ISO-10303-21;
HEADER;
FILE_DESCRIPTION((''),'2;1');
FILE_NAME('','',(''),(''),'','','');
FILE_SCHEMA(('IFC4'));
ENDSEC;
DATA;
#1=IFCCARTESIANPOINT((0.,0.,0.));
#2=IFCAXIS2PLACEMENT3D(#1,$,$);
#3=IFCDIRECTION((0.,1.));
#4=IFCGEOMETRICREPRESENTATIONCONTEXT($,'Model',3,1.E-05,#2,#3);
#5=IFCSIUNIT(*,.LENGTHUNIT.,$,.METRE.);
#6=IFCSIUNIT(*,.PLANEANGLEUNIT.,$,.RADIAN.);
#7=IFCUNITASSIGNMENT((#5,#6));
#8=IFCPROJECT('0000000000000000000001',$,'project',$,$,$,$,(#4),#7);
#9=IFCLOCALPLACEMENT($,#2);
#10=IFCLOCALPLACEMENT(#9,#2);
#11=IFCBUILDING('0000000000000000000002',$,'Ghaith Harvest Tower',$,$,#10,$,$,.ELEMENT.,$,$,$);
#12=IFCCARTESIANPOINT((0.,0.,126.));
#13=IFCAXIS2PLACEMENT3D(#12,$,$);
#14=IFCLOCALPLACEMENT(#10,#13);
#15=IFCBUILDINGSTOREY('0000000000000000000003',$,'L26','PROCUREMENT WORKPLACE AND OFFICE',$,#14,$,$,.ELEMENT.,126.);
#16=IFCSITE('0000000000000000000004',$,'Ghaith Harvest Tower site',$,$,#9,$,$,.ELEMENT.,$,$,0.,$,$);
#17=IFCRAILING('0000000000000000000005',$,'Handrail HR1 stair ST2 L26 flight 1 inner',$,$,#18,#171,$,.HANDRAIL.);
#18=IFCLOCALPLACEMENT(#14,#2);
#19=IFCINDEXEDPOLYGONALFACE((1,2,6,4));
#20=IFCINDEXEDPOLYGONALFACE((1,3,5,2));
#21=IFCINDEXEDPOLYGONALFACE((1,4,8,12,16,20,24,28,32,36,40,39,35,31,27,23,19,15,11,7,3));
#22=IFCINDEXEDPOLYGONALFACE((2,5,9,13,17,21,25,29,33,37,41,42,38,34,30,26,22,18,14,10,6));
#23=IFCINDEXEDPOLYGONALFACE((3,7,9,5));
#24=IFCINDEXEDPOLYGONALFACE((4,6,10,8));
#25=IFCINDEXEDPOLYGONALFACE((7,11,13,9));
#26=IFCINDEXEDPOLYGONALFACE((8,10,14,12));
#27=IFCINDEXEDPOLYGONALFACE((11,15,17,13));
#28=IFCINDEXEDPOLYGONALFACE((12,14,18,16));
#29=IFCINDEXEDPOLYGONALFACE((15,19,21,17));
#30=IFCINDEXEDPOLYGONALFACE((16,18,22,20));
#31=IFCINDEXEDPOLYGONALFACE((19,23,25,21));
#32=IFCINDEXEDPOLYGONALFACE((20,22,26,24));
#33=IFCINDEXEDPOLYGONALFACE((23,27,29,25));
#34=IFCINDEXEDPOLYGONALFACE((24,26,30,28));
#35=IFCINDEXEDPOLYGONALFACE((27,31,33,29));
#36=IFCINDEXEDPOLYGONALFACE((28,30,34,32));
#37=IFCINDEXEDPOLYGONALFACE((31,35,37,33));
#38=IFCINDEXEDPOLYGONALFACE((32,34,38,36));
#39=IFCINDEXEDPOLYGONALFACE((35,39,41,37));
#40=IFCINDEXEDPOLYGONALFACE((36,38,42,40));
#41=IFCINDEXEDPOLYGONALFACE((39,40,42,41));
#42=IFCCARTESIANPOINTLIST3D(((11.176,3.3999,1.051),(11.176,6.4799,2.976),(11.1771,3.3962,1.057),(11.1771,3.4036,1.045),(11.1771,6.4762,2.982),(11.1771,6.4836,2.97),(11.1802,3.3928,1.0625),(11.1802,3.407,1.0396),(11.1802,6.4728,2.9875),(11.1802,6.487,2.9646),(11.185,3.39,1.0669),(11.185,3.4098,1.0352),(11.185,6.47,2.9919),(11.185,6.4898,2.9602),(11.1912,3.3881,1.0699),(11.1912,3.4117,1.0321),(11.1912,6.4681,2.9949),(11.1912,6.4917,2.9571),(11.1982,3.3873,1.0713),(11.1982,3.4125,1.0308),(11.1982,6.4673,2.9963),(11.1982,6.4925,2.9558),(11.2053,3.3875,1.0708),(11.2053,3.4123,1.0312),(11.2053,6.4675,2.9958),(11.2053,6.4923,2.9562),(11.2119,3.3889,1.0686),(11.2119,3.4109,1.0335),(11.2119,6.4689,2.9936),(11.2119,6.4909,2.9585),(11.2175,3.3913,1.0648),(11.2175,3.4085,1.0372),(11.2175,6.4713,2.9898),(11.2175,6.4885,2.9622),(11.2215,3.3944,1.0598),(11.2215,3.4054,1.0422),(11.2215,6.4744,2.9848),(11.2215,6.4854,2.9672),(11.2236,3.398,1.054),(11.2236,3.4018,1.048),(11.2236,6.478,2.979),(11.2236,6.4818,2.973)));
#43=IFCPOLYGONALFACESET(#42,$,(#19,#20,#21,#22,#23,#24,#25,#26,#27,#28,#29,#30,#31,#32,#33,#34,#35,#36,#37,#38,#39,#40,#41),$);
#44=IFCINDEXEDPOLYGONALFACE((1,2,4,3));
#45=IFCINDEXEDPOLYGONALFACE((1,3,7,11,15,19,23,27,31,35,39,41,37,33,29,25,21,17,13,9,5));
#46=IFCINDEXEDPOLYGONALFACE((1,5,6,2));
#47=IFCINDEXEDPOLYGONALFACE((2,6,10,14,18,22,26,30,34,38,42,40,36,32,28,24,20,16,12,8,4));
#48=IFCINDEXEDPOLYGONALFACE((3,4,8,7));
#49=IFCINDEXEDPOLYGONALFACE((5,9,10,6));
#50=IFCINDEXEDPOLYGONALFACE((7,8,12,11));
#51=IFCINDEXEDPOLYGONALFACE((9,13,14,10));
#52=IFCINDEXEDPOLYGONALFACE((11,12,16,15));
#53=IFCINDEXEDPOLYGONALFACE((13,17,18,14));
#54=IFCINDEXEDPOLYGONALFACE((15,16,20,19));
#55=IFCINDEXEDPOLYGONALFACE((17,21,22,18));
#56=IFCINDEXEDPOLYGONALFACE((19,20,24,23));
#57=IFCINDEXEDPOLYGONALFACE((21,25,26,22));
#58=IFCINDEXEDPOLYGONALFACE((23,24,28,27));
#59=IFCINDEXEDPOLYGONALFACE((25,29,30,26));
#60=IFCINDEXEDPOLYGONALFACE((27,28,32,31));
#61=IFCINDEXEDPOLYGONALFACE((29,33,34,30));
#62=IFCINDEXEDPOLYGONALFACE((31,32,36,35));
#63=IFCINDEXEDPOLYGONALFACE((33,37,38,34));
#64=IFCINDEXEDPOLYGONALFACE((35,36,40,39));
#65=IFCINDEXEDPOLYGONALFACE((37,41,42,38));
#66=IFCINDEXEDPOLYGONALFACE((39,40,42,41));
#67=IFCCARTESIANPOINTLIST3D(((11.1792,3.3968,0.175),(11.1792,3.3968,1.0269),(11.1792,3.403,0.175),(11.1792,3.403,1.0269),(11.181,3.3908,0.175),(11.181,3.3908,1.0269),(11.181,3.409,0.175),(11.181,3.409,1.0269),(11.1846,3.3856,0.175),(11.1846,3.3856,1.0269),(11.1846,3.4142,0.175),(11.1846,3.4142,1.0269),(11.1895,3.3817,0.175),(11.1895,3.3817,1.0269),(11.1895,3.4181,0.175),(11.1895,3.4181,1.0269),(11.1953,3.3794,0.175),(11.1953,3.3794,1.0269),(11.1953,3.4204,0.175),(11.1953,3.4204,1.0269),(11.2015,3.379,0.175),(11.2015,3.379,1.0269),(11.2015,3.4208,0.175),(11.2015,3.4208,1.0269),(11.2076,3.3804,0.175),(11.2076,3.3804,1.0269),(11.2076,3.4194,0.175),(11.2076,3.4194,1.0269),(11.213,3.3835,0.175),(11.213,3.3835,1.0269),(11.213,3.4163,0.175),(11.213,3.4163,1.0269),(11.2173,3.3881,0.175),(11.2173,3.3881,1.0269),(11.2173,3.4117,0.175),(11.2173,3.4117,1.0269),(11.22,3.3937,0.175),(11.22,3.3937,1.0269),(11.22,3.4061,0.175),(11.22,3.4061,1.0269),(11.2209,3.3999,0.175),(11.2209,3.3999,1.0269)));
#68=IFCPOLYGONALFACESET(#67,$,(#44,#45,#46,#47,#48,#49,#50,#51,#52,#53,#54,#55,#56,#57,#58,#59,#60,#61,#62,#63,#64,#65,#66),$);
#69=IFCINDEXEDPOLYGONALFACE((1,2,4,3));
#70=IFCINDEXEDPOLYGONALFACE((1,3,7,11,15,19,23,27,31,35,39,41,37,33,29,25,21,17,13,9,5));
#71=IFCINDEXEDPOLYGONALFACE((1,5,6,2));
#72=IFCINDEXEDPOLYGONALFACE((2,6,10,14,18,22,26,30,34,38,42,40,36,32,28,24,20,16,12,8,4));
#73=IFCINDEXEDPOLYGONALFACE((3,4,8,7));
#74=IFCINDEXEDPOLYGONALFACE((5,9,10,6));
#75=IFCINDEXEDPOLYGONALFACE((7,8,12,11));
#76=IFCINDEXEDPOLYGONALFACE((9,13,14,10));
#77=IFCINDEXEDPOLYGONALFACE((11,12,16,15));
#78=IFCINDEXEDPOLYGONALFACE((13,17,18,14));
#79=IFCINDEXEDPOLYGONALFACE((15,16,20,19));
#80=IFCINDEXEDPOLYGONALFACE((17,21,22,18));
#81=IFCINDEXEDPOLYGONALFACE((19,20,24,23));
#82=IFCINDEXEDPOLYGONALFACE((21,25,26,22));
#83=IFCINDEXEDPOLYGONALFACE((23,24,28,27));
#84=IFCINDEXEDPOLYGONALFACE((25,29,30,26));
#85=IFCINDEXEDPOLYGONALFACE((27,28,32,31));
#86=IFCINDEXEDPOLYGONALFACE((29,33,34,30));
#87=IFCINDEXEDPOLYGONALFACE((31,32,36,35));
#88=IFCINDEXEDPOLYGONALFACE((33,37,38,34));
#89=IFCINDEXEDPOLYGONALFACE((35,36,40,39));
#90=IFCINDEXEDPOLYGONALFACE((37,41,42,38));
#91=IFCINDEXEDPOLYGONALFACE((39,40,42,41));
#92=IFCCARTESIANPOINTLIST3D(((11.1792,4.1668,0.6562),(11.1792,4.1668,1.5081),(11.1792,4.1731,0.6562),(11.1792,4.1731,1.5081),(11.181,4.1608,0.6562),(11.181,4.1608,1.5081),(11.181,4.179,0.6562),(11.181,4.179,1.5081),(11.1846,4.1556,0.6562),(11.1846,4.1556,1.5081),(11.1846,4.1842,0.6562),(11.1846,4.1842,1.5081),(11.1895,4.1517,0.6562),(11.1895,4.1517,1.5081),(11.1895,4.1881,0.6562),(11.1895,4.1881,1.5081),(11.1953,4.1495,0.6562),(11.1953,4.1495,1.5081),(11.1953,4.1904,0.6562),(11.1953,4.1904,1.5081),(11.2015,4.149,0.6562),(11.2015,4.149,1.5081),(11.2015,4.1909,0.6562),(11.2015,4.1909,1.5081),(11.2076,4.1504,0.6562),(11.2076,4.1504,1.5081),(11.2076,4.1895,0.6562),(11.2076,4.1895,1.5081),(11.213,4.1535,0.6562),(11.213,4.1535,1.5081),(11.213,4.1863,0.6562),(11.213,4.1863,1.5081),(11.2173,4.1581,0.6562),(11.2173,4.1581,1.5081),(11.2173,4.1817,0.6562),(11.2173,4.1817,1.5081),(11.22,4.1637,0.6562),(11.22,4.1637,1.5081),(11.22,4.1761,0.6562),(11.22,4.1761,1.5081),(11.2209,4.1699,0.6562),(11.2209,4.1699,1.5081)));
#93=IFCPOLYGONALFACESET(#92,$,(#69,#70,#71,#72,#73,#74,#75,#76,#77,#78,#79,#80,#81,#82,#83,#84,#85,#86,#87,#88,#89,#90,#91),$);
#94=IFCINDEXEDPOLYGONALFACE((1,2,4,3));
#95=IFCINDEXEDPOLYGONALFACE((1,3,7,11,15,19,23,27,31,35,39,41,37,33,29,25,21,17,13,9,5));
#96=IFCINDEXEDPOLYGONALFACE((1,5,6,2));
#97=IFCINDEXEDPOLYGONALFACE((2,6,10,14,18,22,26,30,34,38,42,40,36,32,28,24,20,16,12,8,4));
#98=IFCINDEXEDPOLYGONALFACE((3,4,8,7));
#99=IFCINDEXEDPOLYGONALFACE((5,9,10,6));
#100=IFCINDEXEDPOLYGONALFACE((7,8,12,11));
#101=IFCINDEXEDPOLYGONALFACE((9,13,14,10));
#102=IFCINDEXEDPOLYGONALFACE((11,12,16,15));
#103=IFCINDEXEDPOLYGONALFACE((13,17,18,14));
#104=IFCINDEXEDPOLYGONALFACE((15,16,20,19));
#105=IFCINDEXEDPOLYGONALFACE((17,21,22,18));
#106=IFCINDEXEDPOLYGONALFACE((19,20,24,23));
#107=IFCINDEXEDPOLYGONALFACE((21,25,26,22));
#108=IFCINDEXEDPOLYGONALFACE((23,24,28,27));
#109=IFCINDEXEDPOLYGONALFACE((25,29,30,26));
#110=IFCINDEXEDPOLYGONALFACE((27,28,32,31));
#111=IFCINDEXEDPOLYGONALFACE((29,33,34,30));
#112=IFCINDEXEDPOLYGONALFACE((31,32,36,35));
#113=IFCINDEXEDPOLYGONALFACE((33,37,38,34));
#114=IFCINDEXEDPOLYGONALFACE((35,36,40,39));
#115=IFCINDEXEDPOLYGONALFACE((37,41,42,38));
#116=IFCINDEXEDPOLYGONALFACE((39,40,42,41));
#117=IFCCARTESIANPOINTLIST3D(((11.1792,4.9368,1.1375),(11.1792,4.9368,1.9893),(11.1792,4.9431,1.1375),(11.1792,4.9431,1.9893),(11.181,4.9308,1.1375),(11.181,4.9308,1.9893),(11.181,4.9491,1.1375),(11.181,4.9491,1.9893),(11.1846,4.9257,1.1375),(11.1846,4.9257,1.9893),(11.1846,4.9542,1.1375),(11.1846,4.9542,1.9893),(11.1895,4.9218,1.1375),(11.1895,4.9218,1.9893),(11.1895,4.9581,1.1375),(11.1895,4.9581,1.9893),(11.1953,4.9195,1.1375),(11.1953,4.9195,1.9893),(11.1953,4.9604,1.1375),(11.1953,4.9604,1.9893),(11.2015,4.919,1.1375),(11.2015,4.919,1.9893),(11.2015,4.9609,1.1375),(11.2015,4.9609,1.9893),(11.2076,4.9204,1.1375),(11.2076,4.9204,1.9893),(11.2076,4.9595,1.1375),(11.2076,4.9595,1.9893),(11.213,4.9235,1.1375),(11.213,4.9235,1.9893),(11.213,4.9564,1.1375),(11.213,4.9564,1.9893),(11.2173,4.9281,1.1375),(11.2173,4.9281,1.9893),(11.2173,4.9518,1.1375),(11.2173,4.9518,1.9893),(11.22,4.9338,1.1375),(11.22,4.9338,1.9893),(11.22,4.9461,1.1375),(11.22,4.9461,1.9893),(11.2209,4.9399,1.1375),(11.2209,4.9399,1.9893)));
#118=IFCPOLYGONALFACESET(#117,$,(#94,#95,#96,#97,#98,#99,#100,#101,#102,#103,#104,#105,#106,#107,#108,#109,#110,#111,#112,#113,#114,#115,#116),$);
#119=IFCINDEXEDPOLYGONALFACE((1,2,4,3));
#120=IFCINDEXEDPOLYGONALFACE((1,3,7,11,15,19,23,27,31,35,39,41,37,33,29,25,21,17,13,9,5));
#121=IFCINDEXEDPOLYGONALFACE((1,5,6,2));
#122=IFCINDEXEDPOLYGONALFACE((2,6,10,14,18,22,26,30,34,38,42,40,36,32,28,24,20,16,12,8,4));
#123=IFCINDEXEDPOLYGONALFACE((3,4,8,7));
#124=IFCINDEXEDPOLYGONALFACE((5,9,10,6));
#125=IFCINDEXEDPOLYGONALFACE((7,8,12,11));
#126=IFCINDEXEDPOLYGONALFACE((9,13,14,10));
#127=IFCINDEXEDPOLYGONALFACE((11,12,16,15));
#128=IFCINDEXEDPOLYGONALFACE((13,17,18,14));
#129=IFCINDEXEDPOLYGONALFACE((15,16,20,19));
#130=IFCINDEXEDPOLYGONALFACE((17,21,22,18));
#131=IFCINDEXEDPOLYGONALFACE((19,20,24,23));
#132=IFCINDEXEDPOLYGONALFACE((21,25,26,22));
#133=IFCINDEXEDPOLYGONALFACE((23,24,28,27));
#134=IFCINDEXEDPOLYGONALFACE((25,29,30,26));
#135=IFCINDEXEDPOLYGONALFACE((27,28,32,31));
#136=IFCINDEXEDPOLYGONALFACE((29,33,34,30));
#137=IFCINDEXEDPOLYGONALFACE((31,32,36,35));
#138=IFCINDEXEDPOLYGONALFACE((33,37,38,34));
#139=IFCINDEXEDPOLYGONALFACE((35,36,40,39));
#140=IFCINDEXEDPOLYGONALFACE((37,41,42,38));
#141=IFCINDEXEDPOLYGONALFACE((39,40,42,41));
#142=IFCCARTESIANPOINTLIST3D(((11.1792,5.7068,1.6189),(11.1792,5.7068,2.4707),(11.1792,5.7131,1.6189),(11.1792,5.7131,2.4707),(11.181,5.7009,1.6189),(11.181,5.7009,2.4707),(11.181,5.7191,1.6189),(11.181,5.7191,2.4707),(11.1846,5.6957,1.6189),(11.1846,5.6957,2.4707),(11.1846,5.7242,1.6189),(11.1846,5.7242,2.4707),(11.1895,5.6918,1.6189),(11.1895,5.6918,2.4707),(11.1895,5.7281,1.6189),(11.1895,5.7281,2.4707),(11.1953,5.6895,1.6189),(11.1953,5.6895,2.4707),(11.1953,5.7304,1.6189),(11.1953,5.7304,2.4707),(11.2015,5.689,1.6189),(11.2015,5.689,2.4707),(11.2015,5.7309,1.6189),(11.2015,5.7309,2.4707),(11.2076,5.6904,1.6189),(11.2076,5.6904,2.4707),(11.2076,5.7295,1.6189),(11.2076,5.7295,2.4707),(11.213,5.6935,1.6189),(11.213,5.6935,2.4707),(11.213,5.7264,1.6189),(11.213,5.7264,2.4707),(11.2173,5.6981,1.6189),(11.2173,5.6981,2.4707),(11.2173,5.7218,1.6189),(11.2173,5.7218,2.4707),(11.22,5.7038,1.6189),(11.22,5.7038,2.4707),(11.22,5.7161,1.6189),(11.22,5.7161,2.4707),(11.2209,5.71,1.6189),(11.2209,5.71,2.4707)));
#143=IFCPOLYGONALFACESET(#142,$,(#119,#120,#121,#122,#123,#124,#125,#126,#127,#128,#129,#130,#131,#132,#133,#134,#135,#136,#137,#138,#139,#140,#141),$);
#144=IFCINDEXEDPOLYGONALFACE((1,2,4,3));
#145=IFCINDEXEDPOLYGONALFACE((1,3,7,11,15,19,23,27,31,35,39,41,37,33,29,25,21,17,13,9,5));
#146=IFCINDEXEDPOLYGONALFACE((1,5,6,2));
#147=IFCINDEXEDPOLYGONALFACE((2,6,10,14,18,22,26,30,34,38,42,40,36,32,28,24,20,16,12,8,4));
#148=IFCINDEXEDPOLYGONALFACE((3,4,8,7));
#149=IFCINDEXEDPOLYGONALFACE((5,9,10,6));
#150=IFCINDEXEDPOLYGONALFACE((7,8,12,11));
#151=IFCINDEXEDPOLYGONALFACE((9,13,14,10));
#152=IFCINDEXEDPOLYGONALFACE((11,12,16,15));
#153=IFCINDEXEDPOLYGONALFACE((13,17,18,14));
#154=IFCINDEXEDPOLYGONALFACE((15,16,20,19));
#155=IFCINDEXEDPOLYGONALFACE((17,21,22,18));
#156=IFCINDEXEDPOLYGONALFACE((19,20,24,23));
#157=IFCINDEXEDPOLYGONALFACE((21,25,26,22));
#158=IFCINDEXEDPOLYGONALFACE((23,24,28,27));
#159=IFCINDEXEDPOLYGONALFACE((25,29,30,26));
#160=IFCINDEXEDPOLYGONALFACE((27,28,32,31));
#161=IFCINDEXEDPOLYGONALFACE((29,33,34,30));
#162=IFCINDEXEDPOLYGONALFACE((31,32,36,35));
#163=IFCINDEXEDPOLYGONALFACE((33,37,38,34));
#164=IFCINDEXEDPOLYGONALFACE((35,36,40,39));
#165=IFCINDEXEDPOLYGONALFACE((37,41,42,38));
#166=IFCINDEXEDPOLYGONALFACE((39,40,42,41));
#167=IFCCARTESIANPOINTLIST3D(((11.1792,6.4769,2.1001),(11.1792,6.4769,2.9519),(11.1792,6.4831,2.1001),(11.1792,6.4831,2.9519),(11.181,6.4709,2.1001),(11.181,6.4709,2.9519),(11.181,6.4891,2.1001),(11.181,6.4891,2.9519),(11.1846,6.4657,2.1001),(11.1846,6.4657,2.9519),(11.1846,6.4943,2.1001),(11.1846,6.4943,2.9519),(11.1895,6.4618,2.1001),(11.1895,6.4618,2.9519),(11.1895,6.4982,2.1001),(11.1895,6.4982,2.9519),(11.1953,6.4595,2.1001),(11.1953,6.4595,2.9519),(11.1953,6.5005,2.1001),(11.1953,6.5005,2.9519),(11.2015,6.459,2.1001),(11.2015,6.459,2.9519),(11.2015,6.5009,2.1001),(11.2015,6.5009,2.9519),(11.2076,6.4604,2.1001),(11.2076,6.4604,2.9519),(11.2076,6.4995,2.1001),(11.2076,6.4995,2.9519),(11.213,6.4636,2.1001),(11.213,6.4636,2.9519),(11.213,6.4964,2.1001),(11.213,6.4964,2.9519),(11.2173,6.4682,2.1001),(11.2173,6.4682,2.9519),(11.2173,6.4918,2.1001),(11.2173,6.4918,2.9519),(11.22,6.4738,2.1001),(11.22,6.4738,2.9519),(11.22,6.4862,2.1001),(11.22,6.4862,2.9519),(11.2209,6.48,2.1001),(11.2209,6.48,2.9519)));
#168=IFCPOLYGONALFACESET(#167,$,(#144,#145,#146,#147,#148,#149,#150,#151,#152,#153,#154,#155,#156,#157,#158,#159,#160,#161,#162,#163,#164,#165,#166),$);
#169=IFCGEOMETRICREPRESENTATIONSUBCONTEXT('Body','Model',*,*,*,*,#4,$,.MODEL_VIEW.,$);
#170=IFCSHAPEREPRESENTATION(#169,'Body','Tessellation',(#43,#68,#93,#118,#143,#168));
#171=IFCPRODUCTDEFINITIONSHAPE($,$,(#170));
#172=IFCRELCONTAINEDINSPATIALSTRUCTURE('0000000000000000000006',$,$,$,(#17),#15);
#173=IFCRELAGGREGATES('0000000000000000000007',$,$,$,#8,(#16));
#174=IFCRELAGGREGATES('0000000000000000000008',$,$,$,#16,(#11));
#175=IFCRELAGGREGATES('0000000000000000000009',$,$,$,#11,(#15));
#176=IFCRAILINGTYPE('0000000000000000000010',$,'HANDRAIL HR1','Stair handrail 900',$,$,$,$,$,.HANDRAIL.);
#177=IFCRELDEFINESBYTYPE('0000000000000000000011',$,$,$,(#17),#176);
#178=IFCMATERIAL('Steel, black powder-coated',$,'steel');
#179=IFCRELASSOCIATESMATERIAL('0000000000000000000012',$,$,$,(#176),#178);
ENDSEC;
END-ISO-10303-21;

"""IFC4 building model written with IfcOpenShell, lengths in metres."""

from ifc_helpers import new_model, si_unit, direction, frame, origin, origin_2d, place, context, subcontext, project, spatial, circle, extrude, material, type_object, element, save


model = new_model("IFC4")

# Units and contexts
model_context = context("Model", 3, precision=1e-05, world=origin(), true_north=direction((0.0, 1.0)))
body_context = subcontext(model_context, "Body", "Model", "MODEL_VIEW")
ifc_project = project(units=[si_unit("LENGTHUNIT", "METRE"), si_unit("PLANEANGLEUNIT", "RADIAN")], contexts=[model_context])

# Site, building, storey
site_placement = place(None, origin())
site = spatial("IfcSite", under=ifc_project, at=site_placement, Name="Ghaith Harvest Tower site", CompositionType="ELEMENT", RefElevation=0.0)
building_placement = place(site_placement, origin())
building = spatial("IfcBuilding", under=site, at=building_placement, Name="Ghaith Harvest Tower", CompositionType="ELEMENT")
storey_placement = place(building_placement, frame((0.0, 0.0, 126.0)))
storey = spatial("IfcBuildingStorey", under=building, at=storey_placement, Name="L26", Description="PROCUREMENT WORKPLACE AND OFFICE", CompositionType="ELEMENT", Elevation=126.0)

# Railing
ifc_material_1 = material(Name="Steel, black powder-coated", Category="steel")
railing_type = type_object("IfcRailingType", Name="HANDRAIL HR1", Description="Stair handrail 900", PredefinedType="HANDRAIL", material=ifc_material_1)
railing_1_placement = place(storey_placement, frame((11.2, 3.3999, 0.175)))
element("IfcRailing", 1, at=railing_1_placement, inside=storey, type_object=railing_type, Name="Handrail HR1 stair ST2 L26 flight 1 inner", PredefinedType="HANDRAIL", context=body_context, shape_type="SweptSolid", body=[
    extrude(circle(Radius=0.0239, at=origin_2d()), frame((0.0, 0.0, 0.876), z_axis=(0.0, 0.847998, 0.529999), x_axis=(-1.0, 0.0, 0.0)), (0.0, 0.0, 1.0), 3.6321),
    extrude(circle(Radius=0.021, at=origin_2d()), origin(), (0.0, 0.0, 1.0), 0.8518),
    extrude(circle(Radius=0.021, at=origin_2d()), frame((0.0, 0.77, 0.4812)), (0.0, 0.0, 1.0), 0.8518),
    extrude(circle(Radius=0.021, at=origin_2d()), frame((0.0, 1.54, 0.9624)), (0.0, 0.0, 1.0), 0.8518),
    extrude(circle(Radius=0.021, at=origin_2d()), frame((0.0, 2.3101, 1.4438)), (0.0, 0.0, 1.0), 0.8518),
    extrude(circle(Radius=0.021, at=origin_2d()), frame((0.0, 3.0801, 1.925)), (0.0, 0.0, 1.0), 0.8518),
])

save(model, "model.ifc")
